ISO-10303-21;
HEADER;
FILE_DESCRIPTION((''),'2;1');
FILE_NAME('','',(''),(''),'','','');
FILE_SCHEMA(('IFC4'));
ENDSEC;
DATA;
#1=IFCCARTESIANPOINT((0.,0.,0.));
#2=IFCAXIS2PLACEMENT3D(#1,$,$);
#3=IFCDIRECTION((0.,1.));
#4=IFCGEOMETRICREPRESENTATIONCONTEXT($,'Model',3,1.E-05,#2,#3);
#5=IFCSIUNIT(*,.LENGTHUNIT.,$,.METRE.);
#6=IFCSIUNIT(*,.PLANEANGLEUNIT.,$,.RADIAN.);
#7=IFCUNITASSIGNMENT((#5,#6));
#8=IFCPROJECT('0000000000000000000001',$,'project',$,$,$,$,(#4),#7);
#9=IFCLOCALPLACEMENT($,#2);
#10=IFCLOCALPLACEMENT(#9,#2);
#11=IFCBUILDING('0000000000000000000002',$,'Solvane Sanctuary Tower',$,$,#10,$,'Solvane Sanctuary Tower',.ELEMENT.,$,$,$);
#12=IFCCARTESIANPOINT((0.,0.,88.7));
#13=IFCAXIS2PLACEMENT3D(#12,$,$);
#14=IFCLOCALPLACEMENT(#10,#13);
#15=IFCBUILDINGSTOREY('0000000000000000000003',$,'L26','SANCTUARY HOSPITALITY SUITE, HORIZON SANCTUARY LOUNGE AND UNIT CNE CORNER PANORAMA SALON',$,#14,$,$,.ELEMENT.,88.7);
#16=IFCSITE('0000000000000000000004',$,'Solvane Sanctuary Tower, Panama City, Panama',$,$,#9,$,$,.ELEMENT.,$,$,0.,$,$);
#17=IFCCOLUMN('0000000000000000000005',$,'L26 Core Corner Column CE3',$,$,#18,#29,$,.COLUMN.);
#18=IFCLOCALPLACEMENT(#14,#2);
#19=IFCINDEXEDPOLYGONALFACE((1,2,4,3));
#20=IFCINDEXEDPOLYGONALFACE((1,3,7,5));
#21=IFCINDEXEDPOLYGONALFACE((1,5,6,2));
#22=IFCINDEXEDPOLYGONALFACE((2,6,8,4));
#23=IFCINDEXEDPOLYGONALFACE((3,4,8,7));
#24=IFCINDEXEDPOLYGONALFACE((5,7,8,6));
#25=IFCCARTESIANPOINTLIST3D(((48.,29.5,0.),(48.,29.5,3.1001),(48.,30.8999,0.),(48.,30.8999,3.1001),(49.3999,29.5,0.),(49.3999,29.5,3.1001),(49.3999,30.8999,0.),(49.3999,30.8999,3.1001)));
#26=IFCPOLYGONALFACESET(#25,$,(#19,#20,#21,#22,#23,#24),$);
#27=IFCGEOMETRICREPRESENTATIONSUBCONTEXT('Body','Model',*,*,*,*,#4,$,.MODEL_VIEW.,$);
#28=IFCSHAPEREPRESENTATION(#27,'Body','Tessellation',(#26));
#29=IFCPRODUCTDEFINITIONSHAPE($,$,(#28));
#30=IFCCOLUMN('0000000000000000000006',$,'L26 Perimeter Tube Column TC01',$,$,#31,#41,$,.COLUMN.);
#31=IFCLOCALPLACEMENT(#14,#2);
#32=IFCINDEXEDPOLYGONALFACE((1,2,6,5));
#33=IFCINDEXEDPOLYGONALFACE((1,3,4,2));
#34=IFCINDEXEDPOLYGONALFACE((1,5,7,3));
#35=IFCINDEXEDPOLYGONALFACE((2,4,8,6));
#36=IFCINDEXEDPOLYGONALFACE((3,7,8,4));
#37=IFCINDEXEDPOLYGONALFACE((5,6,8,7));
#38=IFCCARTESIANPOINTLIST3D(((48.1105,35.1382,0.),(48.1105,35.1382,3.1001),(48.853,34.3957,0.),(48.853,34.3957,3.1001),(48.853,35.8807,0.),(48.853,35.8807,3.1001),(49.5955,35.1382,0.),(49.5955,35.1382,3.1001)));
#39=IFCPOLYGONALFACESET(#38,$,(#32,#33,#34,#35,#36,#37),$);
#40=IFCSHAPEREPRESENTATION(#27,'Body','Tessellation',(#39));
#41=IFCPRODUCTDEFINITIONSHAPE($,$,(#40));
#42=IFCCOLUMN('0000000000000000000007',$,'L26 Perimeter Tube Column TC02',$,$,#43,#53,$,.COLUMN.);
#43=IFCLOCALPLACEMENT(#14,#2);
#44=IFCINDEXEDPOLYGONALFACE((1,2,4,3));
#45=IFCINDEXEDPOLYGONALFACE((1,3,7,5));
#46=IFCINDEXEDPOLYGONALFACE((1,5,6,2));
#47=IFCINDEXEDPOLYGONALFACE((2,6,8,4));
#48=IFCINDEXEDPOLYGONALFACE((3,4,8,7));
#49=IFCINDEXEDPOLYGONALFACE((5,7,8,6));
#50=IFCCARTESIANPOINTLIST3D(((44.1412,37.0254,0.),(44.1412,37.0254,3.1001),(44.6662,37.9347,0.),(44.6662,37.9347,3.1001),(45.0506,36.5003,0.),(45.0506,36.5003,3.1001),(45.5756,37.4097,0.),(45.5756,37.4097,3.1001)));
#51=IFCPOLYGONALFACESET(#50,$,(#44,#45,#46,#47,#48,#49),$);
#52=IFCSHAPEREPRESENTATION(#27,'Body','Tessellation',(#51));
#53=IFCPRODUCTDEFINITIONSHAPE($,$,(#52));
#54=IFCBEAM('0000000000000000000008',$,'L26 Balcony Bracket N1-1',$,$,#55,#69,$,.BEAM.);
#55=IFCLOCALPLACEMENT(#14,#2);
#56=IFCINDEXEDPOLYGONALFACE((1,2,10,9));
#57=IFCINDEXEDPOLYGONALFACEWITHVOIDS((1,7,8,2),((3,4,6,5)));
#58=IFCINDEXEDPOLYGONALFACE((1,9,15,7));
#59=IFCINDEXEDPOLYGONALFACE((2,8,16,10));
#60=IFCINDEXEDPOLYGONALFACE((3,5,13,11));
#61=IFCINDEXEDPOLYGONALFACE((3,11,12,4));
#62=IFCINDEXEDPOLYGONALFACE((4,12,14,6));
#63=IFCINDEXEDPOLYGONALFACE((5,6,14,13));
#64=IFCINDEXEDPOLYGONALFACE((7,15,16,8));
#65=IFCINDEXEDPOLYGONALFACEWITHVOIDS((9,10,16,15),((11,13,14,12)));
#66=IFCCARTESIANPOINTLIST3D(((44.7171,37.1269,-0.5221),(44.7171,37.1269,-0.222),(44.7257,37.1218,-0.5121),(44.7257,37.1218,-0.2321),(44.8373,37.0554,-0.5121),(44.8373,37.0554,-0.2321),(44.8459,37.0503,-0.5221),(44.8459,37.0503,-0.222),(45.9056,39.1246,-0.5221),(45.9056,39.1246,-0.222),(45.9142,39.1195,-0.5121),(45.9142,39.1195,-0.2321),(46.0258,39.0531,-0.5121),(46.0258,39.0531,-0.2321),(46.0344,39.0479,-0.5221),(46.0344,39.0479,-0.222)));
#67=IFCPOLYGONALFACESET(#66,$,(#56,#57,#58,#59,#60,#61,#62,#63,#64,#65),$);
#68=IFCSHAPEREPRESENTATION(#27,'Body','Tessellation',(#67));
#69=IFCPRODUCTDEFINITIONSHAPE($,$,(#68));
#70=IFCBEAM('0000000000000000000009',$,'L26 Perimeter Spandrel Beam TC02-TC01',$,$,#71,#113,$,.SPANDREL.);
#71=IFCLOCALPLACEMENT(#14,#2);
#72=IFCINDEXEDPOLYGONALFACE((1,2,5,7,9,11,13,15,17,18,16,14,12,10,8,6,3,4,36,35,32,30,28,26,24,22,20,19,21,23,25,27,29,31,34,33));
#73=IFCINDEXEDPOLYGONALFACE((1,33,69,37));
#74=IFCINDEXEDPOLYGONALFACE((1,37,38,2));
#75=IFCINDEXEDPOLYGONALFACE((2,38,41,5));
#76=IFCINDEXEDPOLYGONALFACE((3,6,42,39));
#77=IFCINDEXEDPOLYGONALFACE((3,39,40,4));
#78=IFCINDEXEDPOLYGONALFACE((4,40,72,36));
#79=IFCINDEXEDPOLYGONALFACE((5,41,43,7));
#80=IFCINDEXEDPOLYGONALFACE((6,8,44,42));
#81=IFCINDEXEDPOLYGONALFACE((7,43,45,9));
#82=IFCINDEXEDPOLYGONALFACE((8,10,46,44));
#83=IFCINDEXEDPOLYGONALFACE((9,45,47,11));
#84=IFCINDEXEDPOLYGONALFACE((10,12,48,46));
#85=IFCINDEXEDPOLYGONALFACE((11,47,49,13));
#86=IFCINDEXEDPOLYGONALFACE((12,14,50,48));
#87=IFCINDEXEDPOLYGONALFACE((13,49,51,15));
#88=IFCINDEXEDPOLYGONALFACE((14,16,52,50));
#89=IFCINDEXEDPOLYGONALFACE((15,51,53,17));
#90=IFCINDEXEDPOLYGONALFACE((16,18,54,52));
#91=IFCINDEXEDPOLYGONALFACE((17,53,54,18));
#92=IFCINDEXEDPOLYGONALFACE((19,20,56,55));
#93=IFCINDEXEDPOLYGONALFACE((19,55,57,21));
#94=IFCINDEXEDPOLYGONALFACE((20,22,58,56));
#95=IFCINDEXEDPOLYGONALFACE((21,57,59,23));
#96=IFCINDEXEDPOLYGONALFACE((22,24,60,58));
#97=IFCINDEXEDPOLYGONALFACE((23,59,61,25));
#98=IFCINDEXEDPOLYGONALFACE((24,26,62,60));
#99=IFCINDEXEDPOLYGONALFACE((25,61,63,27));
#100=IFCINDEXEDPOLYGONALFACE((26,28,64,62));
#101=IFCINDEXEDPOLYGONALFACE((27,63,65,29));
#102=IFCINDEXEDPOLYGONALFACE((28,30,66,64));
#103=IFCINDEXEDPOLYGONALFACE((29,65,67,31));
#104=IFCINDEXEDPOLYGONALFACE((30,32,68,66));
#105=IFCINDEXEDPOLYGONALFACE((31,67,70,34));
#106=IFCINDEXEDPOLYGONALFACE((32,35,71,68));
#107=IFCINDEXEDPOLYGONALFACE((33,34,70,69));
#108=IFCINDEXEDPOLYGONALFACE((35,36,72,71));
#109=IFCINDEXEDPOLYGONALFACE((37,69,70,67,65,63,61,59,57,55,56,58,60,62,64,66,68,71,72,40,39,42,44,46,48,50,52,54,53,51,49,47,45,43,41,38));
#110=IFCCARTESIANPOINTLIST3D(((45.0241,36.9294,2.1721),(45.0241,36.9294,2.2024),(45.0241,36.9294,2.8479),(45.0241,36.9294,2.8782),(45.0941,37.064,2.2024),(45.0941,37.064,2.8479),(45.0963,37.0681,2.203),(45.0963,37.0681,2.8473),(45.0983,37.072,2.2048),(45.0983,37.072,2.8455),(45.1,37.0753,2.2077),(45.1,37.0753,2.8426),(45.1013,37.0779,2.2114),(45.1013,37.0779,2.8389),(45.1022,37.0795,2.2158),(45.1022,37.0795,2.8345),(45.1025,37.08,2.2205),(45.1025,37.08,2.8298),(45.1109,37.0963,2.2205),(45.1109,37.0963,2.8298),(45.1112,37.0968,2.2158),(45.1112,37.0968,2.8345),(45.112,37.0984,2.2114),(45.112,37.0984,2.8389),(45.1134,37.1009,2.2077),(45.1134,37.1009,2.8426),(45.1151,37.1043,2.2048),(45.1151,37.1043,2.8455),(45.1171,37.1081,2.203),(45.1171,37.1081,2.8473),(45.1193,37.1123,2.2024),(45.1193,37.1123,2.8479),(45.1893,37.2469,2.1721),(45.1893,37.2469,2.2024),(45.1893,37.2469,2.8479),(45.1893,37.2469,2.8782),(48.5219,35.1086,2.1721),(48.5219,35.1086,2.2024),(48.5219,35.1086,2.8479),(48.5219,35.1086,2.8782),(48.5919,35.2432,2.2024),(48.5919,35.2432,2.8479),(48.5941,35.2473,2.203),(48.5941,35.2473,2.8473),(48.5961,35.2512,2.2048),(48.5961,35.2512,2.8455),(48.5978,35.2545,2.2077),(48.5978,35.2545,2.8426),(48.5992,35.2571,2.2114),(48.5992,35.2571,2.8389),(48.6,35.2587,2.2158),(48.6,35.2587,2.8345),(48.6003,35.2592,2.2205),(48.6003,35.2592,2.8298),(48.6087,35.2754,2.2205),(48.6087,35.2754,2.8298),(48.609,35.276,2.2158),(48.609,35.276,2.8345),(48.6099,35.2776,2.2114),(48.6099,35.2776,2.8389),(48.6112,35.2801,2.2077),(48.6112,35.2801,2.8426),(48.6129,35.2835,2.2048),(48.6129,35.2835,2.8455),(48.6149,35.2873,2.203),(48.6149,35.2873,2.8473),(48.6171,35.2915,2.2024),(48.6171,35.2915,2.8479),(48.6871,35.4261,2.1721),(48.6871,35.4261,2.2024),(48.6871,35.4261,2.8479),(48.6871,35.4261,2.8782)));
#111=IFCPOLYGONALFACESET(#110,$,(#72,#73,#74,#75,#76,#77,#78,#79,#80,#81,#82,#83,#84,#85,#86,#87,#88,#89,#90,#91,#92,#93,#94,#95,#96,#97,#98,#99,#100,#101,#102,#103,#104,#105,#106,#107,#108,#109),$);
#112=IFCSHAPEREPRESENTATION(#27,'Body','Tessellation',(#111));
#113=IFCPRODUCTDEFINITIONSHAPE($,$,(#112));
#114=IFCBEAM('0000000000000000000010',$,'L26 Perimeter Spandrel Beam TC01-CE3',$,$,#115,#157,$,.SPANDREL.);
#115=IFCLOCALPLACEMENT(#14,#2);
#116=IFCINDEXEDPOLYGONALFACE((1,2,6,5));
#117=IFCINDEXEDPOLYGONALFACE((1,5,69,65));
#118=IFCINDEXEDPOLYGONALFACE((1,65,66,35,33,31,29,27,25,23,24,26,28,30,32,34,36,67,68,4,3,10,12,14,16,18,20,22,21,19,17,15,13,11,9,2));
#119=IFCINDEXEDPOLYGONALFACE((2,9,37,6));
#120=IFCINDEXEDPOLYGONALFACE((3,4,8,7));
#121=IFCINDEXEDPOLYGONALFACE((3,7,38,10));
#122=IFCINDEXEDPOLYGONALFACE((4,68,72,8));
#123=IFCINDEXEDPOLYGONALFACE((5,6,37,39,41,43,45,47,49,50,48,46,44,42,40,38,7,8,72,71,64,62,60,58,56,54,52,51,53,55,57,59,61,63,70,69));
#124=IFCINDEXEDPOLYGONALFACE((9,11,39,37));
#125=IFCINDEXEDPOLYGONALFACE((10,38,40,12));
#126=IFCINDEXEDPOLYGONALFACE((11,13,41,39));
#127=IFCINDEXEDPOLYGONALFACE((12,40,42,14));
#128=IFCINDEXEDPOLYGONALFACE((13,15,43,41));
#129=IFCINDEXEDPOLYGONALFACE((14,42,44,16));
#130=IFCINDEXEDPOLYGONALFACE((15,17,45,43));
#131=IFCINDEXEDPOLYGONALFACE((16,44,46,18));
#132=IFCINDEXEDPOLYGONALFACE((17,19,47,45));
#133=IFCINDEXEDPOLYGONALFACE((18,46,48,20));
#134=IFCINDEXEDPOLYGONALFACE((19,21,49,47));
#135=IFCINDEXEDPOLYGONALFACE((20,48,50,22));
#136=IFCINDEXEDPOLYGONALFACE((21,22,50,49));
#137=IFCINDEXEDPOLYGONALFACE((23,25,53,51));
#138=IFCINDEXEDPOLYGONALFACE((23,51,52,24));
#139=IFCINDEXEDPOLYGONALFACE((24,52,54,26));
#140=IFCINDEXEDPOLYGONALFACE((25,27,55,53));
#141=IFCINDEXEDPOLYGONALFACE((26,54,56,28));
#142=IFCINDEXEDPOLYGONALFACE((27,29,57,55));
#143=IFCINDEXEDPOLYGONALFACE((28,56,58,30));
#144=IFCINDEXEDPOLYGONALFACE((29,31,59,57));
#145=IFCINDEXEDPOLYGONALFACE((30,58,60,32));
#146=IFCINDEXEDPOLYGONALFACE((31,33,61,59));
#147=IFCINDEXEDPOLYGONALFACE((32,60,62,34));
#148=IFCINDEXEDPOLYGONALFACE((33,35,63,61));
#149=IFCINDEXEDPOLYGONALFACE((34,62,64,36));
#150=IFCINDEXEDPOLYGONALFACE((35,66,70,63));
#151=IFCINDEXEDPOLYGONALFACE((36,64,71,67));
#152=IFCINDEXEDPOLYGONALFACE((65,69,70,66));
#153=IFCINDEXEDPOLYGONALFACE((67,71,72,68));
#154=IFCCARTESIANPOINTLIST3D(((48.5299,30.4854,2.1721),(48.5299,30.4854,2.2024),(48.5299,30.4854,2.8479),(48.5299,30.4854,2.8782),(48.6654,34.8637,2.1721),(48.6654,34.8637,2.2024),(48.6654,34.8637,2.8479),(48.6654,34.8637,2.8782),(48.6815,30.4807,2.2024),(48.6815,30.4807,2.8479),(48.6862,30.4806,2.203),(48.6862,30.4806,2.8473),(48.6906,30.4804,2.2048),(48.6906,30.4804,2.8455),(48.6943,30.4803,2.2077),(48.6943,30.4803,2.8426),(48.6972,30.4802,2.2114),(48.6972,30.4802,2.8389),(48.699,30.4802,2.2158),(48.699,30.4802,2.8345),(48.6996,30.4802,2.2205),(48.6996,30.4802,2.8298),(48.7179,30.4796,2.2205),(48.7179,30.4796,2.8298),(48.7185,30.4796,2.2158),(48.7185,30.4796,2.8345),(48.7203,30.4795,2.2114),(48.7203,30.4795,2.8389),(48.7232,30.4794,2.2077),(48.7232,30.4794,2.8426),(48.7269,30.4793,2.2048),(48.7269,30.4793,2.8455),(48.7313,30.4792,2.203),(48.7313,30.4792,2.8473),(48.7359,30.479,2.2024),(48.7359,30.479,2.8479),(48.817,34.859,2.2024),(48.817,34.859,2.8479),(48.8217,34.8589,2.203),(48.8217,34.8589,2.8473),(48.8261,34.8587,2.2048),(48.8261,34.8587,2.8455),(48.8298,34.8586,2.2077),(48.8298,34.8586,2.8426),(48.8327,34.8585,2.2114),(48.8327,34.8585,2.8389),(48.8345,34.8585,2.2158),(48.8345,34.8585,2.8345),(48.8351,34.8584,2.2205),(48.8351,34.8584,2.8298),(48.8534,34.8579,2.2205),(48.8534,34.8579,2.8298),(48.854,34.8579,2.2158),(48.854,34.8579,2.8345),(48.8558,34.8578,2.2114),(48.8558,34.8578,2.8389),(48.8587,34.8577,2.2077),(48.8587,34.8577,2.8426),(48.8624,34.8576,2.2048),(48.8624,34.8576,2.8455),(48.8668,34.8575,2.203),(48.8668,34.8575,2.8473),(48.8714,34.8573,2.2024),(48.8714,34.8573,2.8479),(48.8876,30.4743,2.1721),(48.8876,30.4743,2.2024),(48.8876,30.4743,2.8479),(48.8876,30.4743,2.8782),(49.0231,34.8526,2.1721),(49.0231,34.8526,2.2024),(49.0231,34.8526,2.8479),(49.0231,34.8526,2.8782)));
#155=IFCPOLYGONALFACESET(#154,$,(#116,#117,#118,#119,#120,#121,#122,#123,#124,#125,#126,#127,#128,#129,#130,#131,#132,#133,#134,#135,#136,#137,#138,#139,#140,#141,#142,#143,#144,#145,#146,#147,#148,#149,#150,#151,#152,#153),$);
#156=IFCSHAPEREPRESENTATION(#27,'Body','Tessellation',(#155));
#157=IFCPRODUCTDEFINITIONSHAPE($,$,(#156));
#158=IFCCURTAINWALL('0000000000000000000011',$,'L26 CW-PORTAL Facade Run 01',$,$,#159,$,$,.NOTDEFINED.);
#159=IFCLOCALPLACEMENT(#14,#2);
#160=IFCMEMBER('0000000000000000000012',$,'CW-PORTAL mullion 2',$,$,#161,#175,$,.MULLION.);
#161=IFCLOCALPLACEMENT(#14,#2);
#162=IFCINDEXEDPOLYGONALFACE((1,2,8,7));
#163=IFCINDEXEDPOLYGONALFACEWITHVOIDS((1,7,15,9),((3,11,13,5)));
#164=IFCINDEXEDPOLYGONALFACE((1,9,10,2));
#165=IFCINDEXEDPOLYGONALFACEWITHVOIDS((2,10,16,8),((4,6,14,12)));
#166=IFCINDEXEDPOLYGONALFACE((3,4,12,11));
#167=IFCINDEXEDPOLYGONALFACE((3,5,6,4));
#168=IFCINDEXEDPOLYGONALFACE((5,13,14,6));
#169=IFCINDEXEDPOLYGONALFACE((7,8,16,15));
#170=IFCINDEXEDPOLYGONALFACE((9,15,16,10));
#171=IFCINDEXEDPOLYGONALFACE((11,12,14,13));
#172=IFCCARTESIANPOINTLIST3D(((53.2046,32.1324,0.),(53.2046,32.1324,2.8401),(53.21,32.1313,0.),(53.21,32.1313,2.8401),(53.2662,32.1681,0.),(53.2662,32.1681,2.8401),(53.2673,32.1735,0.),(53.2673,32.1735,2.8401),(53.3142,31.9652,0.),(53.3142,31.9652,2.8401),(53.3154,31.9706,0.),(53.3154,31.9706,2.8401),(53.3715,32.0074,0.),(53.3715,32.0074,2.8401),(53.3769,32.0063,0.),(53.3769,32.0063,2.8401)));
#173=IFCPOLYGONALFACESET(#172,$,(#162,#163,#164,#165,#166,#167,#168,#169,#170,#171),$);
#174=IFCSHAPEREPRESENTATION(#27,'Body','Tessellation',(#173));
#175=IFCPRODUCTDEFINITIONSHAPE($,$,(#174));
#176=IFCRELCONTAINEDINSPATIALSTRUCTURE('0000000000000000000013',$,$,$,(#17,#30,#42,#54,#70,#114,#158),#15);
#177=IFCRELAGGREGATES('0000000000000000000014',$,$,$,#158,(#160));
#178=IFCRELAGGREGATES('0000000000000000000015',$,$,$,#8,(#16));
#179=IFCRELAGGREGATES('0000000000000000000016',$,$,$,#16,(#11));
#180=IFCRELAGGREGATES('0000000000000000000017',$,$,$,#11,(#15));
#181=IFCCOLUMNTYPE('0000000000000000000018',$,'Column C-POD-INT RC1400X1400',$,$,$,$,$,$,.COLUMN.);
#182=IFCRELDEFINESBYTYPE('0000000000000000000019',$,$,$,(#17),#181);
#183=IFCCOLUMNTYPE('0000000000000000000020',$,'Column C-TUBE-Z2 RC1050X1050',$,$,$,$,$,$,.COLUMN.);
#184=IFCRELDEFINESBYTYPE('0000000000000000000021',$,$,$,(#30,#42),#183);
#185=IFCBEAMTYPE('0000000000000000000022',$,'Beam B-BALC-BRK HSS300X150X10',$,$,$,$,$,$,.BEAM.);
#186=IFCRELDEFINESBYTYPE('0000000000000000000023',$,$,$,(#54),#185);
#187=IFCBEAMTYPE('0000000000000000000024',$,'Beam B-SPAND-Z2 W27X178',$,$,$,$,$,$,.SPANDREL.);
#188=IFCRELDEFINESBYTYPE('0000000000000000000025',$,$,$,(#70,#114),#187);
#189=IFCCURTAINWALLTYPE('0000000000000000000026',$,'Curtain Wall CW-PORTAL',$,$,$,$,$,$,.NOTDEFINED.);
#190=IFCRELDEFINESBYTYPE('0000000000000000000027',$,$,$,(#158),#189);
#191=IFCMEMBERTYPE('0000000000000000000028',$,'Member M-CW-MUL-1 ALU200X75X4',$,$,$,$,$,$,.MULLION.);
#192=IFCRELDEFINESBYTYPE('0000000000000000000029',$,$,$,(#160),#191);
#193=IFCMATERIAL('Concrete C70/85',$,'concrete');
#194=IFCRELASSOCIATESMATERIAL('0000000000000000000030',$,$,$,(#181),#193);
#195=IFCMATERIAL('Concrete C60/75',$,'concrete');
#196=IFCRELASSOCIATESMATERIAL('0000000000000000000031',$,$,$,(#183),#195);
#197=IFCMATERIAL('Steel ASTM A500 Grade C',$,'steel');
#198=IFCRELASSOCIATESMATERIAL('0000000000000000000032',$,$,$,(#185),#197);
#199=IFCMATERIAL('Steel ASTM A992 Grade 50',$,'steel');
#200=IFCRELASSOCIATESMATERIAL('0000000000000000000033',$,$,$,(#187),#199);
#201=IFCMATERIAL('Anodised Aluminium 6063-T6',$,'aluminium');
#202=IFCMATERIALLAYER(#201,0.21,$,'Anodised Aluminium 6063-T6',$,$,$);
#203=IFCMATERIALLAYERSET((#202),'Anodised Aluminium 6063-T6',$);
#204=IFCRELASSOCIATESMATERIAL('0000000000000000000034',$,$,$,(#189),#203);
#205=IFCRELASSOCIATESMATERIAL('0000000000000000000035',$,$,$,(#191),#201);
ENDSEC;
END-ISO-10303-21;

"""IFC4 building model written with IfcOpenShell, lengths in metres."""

from ifc_helpers import new_model, si_unit, direction, frame, origin, origin_2d, place, context, subcontext, project, spatial, rectangle, hollow_rectangle, i_section, extrude, material, layer, layer_set, material_profile, profile_set, type_object, element, aggregate, save


model = new_model("IFC4")

# Units and contexts
model_context = context("Model", 3, precision=1e-05, world=origin(), true_north=direction((0.0, 1.0)))
body_context = subcontext(model_context, "Body", "Model", "MODEL_VIEW")
ifc_project = project(units=[si_unit("LENGTHUNIT", "METRE"), si_unit("PLANEANGLEUNIT", "RADIAN")], contexts=[model_context])

# Site, building, storey
site_placement = place(None, origin())
site = spatial("IfcSite", under=ifc_project, at=site_placement, Name="Solvane Sanctuary Tower, Panama City, Panama", CompositionType="ELEMENT", RefElevation=0.0)
building_placement = place(site_placement, origin())
building = spatial("IfcBuilding", under=site, at=building_placement, Name="Solvane Sanctuary Tower", LongName="Solvane Sanctuary Tower", CompositionType="ELEMENT")
storey_placement = place(building_placement, frame((0.0, 0.0, 88.7)))
storey = spatial("IfcBuildingStorey", under=building, at=storey_placement, Name="L26", Description="SANCTUARY HOSPITALITY SUITE, HORIZON SANCTUARY LOUNGE AND UNIT CNE CORNER PANORAMA SALON", CompositionType="ELEMENT", Elevation=88.7)

# Columns
ifc_material_1 = material(Name="Concrete C70/85", Category="concrete")
ifc_material_profile_1 = material_profile(ifc_material_1, rectangle(XDim=1.3999, YDim=1.3999, at=origin_2d()), Name="RC1400X1400")
ifc_profile_set_1 = profile_set([ifc_material_profile_1], Name="Concrete C70/85")
column_type_1 = type_object("IfcColumnType", Name="Column C-POD-INT RC1400X1400", PredefinedType="COLUMN", material=ifc_profile_set_1)
column_placement = place(storey_placement, frame((48.7, 30.2, 0.0), z_axis=(0.0, 0.0, 1.0), x_axis=(1.0, 0.0, 0.0)))
element("IfcColumn", 1, at=column_placement, inside=storey, type_object=column_type_1, Name="L26 Core Corner Column CE3", PredefinedType="COLUMN", context=body_context, shape_type="SweptSolid", body=[
    extrude(rectangle(XDim=1.3999, YDim=1.3999, at=origin_2d()), origin(), (0.0, 0.0, 1.0), 3.1001),
])
ifc_material_2 = material(Name="Concrete C60/75", Category="concrete")
ifc_material_profile_2 = material_profile(ifc_material_2, rectangle(XDim=1.05, YDim=1.05, at=origin_2d()), Name="RC1050X1050")
ifc_profile_set_2 = profile_set([ifc_material_profile_2], Name="Concrete C60/75")
column_type_2 = type_object("IfcColumnType", Name="Column C-TUBE-Z2 RC1050X1050", PredefinedType="COLUMN", material=ifc_profile_set_2)
for number, where, z_axis, x_axis, name in (
    (2, (48.853, 35.1382, 0.0), (0.0, 0.0, 1.0), (0.707107, 0.707107, 0.0), "L26 Perimeter Tube Column TC01"),
    (3, (44.8584, 37.2175, 0.0), (0.0, 0.0, 1.0), (0.5, 0.866025, 0.0), "L26 Perimeter Tube Column TC02"),
):
    element("IfcColumn", number, at=place(storey_placement, frame(where, z_axis=z_axis, x_axis=x_axis)), inside=storey, type_object=column_type_2, Name=name, PredefinedType="COLUMN", context=body_context, shape_type="SweptSolid", body=[
        extrude(rectangle(XDim=1.05, YDim=1.05, at=origin_2d()), origin(), (0.0, 0.0, 1.0), 3.1001),
    ])

# Beams
ifc_material_3 = material(Name="Steel ASTM A500 Grade C", Category="steel")
ifc_material_profile_3 = material_profile(ifc_material_3, hollow_rectangle(XDim=0.1499, YDim=0.3, WallThickness=0.01, at=origin_2d()), Name="HSS300X150X10")
ifc_profile_set_3 = profile_set([ifc_material_profile_3], Name="Steel ASTM A500 Grade C")
beam_type_1 = type_object("IfcBeamType", Name="Beam B-BALC-BRK HSS300X150X10", PredefinedType="BEAM", material=ifc_profile_set_3)
beam_1_placement = place(storey_placement, frame((44.7815, 37.0886, -0.3721), z_axis=(0.51131, 0.859396, 0.0), x_axis=(-0.859396, 0.51131, 0.0)))
element("IfcBeam", 4, at=beam_1_placement, inside=storey, type_object=beam_type_1, Name="L26 Balcony Bracket N1-1", PredefinedType="BEAM", context=body_context, shape_type="SweptSolid", body=[
    extrude(hollow_rectangle(XDim=0.1499, YDim=0.3, WallThickness=0.01, at=origin_2d()), origin(), (0.0, 0.0, 1.0), 2.3245),
])
ifc_material_4 = material(Name="Steel ASTM A992 Grade 50", Category="steel")
ifc_material_profile_4 = material_profile(ifc_material_4, i_section(OverallWidth=0.3579, OverallDepth=0.7061, WebThickness=0.0183, FlangeThickness=0.0303, FilletRadius=0.0181, at=origin_2d()), Name="W27X178")
ifc_profile_set_4 = profile_set([ifc_material_profile_4], Name="Steel ASTM A992 Grade 50")
beam_type_2 = type_object("IfcBeamType", Name="Beam B-SPAND-Z2 W27X178", PredefinedType="SPANDREL", material=ifc_profile_set_4)
beam_2_placement = place(storey_placement, frame((45.1067, 37.0881, 2.5251), z_axis=(0.887015, -0.461741, 0.0), x_axis=(0.461741, 0.887015, 0.0)))
element("IfcBeam", 5, at=beam_2_placement, inside=storey, type_object=beam_type_2, Name="L26 Perimeter Spandrel Beam TC02-TC01", PredefinedType="SPANDREL", context=body_context, shape_type="SweptSolid", body=[
    extrude(i_section(OverallWidth=0.3579, OverallDepth=0.7061, WebThickness=0.0183, FlangeThickness=0.0303, FilletRadius=0.0181, at=origin_2d()), origin(), (0.0, 0.0, 1.0), 3.9434),
])
beam_3_placement = place(storey_placement, frame((48.8442, 34.8582, 2.5251), z_axis=(-0.030934, -0.999521, 0.0), x_axis=(0.999521, -0.030934, 0.0)))
element("IfcBeam", 6, at=beam_3_placement, inside=storey, type_object=beam_type_2, Name="L26 Perimeter Spandrel Beam TC01-CE3", PredefinedType="SPANDREL", context=body_context, shape_type="SweptSolid", body=[
    extrude(i_section(OverallWidth=0.3579, OverallDepth=0.7061, WebThickness=0.0183, FlangeThickness=0.0303, FilletRadius=0.0181, at=origin_2d()), origin(), (0.0, 0.0, 1.0), 4.3804),
])

# Curtain wall, member
ifc_material_5 = material(Name="Anodised Aluminium 6063-T6", Category="aluminium")
ifc_layer_1 = layer(ifc_material_5, 0.21, Name="Anodised Aluminium 6063-T6")
ifc_layer_set_1 = layer_set([ifc_layer_1], Name="Anodised Aluminium 6063-T6")
curtain_wall_type = type_object("IfcCurtainWallType", Name="Curtain Wall CW-PORTAL", PredefinedType="NOTDEFINED", material=ifc_layer_set_1)
curtain_wall_placement = place(storey_placement, origin())
curtain_wall = element("IfcCurtainWall", 7, at=curtain_wall_placement, inside=storey, type_object=curtain_wall_type, Name="L26 CW-PORTAL Facade Run 01", PredefinedType="NOTDEFINED")
ifc_material_profile_5 = material_profile(ifc_material_5, hollow_rectangle(XDim=0.075, YDim=0.2, WallThickness=0.0039, at=origin_2d()), Name="ALU200X75X4")
ifc_profile_set_5 = profile_set([ifc_material_profile_5], Name="Anodised Aluminium 6063-T6")
member_type_1 = type_object("IfcMemberType", Name="Member M-CW-MUL-1 ALU200X75X4", PredefinedType="MULLION", material=ifc_profile_set_5)
member_1_placement = place(storey_placement, frame((53.2908, 32.0693, 0.0), z_axis=(0.0, 0.0, 1.0), x_axis=(-0.836298, -0.548276, 0.0)))
member_1 = element("IfcMember", 8, at=member_1_placement, type_object=member_type_1, Name="CW-PORTAL mullion 2", PredefinedType="MULLION", context=body_context, shape_type="SweptSolid", body=[
    extrude(hollow_rectangle(XDim=0.075, YDim=0.2, WallThickness=0.0039, at=origin_2d()), origin(), (0.0, 0.0, 1.0), 2.8401),
])

aggregate(curtain_wall, [member_1])

save(model, "model.ifc")
